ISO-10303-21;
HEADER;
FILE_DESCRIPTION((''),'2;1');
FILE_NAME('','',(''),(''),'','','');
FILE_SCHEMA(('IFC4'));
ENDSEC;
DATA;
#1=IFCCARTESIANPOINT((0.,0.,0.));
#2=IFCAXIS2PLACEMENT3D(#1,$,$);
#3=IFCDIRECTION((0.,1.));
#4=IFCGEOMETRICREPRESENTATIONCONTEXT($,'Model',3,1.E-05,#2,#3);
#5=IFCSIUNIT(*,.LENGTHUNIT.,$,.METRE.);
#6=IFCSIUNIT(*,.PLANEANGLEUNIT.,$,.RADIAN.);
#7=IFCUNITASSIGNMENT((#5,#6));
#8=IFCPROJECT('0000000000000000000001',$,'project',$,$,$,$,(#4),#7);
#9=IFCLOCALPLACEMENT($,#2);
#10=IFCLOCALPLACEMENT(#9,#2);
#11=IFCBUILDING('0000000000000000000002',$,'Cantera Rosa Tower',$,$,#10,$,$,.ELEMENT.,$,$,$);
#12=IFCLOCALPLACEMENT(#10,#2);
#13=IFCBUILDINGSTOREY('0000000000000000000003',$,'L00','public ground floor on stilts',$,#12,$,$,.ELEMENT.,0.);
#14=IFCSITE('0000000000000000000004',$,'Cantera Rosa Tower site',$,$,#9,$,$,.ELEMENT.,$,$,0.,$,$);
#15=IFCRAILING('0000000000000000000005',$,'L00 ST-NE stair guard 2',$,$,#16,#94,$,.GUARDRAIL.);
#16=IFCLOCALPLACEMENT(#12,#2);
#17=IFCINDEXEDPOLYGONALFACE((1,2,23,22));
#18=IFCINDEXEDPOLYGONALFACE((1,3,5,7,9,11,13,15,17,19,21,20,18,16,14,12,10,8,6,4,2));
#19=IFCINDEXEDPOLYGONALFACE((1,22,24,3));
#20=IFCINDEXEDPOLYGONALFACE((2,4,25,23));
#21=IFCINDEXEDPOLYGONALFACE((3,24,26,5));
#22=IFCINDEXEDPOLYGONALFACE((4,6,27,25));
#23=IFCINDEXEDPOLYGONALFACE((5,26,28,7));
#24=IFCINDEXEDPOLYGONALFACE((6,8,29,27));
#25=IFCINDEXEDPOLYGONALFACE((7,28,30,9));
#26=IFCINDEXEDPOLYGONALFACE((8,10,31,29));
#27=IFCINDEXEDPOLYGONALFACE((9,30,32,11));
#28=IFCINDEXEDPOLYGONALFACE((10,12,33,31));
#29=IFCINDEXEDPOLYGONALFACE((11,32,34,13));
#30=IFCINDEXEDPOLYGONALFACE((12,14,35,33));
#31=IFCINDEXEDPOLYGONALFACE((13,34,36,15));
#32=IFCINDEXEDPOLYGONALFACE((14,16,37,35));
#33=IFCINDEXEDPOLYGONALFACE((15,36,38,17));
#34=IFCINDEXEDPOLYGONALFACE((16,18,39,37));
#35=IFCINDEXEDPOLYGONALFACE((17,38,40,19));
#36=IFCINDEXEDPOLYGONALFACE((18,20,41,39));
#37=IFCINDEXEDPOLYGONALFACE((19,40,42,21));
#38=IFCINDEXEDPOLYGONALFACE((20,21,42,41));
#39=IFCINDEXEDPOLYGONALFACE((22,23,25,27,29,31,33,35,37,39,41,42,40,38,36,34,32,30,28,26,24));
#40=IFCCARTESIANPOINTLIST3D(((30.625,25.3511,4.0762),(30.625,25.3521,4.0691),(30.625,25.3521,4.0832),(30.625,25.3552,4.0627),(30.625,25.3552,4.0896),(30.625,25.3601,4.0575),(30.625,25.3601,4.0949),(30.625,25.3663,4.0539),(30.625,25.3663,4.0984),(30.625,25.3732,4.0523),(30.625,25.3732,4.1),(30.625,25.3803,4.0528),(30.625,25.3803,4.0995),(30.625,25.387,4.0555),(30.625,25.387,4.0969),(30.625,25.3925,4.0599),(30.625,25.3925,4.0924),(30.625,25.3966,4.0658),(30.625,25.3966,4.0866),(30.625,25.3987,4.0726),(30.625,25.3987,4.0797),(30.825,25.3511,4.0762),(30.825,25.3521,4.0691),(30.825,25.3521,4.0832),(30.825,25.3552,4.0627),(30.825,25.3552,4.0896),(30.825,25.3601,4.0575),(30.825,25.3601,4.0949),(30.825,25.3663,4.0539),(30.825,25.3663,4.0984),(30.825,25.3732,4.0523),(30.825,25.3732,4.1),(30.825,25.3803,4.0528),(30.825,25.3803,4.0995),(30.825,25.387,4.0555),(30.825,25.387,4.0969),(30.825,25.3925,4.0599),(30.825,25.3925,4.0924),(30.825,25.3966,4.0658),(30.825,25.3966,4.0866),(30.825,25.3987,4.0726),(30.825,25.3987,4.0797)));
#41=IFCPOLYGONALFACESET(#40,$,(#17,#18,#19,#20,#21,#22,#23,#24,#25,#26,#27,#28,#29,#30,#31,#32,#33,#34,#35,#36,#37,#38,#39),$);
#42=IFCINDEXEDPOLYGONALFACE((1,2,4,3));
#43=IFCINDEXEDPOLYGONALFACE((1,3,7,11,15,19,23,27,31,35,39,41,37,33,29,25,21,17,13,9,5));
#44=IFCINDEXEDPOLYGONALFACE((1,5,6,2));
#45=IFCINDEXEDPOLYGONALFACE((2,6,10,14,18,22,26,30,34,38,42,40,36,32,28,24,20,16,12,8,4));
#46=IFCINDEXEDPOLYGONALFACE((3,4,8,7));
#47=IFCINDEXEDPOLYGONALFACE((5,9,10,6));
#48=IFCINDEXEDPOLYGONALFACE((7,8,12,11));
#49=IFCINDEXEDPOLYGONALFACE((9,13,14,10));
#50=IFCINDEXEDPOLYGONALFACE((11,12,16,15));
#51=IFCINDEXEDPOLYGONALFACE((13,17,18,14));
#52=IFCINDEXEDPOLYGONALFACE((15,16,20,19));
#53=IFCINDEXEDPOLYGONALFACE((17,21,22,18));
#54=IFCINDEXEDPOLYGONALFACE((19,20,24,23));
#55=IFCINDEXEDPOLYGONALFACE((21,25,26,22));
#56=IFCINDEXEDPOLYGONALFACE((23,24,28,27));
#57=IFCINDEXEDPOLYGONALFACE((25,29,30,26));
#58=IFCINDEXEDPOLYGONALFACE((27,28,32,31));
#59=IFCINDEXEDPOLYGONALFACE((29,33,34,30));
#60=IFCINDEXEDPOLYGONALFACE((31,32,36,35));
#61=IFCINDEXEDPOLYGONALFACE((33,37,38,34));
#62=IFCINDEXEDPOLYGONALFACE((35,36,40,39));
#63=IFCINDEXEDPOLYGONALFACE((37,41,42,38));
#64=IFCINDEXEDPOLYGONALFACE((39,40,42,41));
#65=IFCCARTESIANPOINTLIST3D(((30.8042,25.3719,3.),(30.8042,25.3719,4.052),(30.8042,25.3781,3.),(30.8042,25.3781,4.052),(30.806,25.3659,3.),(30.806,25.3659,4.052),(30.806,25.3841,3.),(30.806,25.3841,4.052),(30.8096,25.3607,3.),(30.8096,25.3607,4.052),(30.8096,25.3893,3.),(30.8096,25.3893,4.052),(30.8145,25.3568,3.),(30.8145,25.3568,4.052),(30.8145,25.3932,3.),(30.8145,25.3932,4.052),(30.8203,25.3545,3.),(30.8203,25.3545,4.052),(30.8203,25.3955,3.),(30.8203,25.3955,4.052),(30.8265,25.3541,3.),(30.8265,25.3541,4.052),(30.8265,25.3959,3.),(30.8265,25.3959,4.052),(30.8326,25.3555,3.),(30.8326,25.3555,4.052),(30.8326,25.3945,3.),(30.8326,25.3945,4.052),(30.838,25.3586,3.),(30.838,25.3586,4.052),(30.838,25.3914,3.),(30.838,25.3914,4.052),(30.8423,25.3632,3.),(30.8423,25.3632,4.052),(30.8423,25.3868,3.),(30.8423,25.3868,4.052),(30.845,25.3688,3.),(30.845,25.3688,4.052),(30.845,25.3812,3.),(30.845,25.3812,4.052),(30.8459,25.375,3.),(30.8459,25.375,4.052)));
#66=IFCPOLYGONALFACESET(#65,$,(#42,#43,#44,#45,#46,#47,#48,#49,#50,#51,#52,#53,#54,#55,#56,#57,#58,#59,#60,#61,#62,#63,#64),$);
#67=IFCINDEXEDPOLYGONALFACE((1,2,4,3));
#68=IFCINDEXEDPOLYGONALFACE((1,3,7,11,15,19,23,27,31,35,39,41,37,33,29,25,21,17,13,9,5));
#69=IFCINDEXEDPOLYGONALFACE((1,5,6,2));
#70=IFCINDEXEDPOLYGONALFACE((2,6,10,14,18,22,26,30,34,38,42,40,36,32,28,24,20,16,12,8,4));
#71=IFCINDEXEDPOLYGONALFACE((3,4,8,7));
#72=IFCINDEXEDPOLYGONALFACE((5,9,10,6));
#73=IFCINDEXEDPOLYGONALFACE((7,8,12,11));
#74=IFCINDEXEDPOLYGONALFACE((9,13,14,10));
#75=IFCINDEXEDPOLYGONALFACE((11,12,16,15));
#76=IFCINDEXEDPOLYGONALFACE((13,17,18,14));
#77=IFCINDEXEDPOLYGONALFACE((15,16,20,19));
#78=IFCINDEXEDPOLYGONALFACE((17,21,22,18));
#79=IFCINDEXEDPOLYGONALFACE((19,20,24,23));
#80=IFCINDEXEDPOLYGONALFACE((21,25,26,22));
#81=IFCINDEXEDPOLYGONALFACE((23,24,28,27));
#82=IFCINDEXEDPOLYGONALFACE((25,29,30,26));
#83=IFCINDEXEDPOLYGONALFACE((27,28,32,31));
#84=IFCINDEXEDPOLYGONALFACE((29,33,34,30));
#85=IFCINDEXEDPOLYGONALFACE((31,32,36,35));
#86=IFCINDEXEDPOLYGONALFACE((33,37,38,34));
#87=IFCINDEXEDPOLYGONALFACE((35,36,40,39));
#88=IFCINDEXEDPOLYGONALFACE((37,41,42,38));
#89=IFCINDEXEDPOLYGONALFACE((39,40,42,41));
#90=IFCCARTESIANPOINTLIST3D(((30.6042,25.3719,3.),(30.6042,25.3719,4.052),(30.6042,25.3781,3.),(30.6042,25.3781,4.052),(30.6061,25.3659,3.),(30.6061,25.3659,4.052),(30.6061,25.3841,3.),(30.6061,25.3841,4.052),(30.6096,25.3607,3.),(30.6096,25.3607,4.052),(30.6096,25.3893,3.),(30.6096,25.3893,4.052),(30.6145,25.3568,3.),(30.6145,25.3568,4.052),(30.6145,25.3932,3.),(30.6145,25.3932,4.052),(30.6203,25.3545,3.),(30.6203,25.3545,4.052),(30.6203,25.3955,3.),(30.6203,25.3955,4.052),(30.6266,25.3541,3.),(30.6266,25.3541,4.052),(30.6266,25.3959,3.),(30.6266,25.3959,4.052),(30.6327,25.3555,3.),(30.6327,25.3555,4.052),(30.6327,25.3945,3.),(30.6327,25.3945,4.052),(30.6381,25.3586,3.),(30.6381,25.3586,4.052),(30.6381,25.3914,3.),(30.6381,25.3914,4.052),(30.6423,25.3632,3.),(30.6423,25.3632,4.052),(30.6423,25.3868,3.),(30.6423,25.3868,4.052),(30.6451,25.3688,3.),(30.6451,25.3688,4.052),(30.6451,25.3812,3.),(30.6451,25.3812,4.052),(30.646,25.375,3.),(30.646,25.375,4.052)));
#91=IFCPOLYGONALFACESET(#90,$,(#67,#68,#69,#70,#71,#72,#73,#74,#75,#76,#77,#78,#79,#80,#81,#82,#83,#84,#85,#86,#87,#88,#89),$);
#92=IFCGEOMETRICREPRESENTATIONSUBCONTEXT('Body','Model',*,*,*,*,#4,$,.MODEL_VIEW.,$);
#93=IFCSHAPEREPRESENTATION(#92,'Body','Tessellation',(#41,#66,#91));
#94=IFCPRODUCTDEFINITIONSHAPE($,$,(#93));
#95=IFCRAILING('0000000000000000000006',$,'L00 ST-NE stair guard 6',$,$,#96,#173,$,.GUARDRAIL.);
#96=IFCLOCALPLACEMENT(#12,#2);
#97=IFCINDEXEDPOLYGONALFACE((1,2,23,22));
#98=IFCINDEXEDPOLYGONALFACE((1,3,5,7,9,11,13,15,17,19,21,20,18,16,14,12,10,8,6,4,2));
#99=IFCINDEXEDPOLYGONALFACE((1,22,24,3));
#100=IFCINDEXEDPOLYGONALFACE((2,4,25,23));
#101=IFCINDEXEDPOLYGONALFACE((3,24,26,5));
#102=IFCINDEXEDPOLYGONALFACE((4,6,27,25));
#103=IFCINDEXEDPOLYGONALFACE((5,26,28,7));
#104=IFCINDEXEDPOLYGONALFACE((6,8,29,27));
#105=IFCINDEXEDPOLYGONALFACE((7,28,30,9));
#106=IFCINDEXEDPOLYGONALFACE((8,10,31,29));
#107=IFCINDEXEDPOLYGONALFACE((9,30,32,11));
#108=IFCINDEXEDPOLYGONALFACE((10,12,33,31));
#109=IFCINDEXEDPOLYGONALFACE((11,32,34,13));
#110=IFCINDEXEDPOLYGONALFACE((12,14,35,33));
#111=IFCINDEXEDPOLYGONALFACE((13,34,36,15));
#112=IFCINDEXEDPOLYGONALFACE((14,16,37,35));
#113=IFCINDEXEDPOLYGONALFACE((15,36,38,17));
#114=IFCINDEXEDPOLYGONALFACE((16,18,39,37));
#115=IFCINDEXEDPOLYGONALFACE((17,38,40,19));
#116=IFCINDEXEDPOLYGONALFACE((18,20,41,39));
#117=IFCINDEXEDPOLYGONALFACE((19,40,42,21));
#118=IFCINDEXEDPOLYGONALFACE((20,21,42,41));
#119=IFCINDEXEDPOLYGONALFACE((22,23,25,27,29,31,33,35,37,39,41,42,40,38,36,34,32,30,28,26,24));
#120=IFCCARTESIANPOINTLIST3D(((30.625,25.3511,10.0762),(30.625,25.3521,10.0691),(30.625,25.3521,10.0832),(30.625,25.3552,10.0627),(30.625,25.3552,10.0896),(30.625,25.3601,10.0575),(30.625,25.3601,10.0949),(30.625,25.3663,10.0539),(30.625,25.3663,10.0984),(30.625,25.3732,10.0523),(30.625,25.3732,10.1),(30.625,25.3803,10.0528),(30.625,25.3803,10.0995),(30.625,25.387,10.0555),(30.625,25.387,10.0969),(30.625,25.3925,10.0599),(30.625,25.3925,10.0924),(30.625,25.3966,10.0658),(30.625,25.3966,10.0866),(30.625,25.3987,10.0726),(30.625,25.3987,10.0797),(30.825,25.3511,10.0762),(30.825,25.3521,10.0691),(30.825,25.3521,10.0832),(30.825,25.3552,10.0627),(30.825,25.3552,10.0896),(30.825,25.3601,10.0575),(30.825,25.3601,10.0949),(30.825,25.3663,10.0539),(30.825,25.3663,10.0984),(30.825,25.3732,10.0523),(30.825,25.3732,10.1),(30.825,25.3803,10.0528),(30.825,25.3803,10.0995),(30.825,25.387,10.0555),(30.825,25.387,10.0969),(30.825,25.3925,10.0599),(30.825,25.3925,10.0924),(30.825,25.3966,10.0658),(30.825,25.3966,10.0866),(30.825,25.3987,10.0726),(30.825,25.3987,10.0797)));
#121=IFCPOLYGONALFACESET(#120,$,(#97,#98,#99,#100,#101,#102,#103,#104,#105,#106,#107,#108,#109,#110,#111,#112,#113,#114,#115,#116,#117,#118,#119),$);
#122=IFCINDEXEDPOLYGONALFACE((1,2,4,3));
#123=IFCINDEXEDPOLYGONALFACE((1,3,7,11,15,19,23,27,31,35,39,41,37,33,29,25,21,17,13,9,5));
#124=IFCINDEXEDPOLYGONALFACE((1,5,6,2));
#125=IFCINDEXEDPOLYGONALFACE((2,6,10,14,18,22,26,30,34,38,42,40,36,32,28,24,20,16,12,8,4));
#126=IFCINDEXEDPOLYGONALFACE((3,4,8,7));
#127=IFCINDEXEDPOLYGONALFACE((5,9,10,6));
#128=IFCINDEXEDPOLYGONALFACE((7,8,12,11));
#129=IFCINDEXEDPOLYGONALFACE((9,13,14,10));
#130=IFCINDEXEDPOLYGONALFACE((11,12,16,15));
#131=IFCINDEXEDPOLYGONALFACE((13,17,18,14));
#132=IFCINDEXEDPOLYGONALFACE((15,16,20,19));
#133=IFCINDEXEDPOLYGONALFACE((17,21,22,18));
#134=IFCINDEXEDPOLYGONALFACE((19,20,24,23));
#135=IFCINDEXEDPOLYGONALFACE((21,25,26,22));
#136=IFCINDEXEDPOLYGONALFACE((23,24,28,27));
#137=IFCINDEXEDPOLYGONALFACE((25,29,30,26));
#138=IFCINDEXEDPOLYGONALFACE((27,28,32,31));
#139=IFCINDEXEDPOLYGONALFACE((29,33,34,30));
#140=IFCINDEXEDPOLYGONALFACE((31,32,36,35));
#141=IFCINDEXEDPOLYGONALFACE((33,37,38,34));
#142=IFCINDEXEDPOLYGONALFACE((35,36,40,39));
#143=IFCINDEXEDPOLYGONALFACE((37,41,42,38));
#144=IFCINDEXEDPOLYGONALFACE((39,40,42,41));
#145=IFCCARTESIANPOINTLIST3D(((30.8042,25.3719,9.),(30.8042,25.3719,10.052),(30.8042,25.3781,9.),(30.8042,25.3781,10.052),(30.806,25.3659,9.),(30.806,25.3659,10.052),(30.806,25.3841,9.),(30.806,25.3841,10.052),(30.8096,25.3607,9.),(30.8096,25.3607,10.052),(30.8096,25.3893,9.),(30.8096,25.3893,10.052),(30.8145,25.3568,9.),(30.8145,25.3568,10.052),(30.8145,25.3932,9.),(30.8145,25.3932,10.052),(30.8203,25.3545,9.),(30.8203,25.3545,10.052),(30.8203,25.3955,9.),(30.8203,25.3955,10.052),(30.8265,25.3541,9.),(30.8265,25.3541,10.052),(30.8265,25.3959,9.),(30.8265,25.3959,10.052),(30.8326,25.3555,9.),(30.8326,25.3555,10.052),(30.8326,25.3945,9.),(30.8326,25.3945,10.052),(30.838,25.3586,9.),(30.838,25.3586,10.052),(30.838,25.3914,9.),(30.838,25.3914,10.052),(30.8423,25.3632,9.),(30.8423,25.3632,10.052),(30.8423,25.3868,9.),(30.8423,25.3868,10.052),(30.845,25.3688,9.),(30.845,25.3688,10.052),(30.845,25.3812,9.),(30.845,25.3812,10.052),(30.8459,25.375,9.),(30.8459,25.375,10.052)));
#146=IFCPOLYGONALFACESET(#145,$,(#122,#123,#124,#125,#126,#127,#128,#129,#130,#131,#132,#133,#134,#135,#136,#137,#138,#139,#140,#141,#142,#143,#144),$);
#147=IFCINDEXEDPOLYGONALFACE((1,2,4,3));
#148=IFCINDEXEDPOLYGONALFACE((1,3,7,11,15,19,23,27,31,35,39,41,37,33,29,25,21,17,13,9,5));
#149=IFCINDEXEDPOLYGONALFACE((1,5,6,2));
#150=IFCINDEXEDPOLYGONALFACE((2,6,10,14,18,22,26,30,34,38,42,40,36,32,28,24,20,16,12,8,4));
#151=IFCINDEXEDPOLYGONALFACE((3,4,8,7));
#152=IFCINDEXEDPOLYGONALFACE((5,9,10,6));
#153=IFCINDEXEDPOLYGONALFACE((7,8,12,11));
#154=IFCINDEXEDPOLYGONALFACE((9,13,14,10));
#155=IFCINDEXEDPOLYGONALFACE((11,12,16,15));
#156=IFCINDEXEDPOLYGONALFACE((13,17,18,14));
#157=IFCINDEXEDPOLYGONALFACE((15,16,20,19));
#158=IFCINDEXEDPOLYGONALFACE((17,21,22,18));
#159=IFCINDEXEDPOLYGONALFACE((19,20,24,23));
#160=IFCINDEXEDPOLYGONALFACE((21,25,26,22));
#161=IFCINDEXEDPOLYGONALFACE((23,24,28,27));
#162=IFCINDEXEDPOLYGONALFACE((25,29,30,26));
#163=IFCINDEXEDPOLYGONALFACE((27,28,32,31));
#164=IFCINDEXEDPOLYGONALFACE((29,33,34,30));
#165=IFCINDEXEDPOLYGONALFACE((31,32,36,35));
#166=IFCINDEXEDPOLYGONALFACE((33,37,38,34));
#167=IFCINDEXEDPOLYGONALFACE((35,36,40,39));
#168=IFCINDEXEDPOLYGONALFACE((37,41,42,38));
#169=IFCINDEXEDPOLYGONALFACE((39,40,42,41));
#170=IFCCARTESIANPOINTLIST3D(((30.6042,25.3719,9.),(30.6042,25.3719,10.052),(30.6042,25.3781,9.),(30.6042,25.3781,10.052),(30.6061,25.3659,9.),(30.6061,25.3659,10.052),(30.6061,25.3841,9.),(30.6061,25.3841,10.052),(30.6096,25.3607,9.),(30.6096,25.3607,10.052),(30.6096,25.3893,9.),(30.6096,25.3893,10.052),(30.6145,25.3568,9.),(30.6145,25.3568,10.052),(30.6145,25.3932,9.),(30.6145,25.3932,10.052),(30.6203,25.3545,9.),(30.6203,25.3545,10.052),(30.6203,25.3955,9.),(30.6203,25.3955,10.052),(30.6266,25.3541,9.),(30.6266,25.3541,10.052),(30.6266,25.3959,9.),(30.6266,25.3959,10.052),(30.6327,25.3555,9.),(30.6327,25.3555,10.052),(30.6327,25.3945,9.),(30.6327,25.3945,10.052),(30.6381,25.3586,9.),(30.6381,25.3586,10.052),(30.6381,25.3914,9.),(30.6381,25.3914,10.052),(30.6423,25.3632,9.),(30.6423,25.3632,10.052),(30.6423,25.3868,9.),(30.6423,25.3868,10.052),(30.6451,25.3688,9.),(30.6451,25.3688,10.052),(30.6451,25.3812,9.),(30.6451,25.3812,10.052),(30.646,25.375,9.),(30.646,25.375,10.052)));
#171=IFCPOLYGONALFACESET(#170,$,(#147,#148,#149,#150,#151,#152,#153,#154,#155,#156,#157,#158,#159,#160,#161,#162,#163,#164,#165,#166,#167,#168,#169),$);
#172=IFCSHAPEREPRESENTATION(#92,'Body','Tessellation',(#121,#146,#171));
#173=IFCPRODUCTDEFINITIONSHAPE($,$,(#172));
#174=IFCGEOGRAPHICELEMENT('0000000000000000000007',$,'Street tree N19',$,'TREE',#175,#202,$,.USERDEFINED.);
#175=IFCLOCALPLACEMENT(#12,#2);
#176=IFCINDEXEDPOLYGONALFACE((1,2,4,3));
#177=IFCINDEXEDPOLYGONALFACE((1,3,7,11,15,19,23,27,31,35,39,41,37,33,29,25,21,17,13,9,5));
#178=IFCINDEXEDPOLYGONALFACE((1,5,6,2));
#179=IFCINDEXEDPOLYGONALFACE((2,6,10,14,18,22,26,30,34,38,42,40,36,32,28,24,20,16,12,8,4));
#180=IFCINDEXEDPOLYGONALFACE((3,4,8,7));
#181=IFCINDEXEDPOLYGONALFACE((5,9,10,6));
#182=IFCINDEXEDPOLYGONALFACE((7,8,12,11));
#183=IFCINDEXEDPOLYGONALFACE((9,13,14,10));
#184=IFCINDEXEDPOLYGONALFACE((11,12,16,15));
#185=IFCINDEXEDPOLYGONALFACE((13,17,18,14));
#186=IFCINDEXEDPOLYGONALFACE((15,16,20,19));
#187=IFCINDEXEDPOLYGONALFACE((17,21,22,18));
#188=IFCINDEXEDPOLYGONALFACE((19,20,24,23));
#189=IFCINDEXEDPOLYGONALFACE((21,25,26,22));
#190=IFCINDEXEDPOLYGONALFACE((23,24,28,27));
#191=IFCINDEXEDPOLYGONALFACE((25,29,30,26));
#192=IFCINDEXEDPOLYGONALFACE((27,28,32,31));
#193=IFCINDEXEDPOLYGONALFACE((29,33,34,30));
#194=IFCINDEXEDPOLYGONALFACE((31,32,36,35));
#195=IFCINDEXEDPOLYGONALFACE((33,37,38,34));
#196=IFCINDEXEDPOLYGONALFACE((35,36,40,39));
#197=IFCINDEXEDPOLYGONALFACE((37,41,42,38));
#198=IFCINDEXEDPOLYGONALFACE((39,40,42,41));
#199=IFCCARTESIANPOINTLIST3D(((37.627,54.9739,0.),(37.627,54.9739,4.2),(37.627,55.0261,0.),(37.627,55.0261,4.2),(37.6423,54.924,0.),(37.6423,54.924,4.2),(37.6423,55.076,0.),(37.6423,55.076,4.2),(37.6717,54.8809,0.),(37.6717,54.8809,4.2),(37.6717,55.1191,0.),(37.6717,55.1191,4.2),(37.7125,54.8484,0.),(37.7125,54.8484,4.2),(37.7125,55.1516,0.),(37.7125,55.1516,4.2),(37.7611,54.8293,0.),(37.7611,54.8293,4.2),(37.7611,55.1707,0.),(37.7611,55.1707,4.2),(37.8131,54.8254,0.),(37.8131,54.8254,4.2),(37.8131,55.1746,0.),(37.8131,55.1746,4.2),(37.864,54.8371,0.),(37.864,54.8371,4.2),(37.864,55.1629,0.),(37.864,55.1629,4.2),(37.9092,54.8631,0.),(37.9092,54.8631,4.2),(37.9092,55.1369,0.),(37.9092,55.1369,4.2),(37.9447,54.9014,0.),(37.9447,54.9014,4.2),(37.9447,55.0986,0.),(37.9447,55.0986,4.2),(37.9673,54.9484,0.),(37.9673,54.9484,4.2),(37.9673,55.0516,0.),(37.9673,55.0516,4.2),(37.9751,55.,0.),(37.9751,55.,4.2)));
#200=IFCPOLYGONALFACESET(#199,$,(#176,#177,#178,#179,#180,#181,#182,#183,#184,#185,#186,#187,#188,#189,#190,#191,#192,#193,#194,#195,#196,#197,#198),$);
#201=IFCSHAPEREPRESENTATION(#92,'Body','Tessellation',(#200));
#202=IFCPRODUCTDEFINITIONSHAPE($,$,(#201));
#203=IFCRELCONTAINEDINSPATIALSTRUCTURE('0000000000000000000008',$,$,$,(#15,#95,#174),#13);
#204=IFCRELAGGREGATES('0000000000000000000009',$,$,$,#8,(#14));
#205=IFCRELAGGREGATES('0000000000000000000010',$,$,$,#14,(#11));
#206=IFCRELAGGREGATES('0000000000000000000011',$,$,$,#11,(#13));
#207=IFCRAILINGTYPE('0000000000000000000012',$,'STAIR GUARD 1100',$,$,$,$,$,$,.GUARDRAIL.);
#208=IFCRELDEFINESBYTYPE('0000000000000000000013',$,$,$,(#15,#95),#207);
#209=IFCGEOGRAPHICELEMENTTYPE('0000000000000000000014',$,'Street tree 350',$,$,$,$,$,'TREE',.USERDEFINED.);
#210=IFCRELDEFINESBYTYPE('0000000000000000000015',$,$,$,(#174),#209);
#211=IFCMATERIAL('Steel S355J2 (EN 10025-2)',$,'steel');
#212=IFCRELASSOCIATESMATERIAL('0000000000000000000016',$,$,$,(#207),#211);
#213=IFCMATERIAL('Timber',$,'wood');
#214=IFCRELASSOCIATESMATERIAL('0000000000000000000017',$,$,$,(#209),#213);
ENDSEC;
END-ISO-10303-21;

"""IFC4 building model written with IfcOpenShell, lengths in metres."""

from ifc_helpers import new_model, si_unit, direction, frame, origin, origin_2d, place, context, subcontext, project, spatial, circle, extrude, material, material_profile, profile_set, type_object, element, save


model = new_model("IFC4")

# Units and contexts
model_context = context("Model", 3, precision=1e-05, world=origin(), true_north=direction((0.0, 1.0)))
body_context = subcontext(model_context, "Body", "Model", "MODEL_VIEW")
ifc_project = project(units=[si_unit("LENGTHUNIT", "METRE"), si_unit("PLANEANGLEUNIT", "RADIAN")], contexts=[model_context])

# Site, building, storey
site_placement = place(None, origin())
site = spatial("IfcSite", under=ifc_project, at=site_placement, Name="Cantera Rosa Tower site", CompositionType="ELEMENT", RefElevation=0.0)
building_placement = place(site_placement, origin())
building = spatial("IfcBuilding", under=site, at=building_placement, Name="Cantera Rosa Tower", CompositionType="ELEMENT")
storey_placement = place(building_placement, origin())
storey = spatial("IfcBuildingStorey", under=building, at=storey_placement, Name="L00", Description="public ground floor on stilts", CompositionType="ELEMENT", Elevation=0.0)

# Railings
ifc_material_1 = material(Name="Steel S355J2 (EN 10025-2)", Category="steel")
railing_type_1 = type_object("IfcRailingType", Name="STAIR GUARD 1100", PredefinedType="GUARDRAIL", material=ifc_material_1)
for number, where, name in (
    (1, (30.825, 25.375, 3.0), "L00 ST-NE stair guard 2"),
    (2, (30.825, 25.375, 9.0), "L00 ST-NE stair guard 6"),
):
    element("IfcRailing", number, at=place(storey_placement, frame(where)), inside=storey, type_object=railing_type_1, Name=name, PredefinedType="GUARDRAIL", context=body_context, shape_type="SweptSolid", body=[
        extrude(circle(Radius=0.0239, at=origin_2d()), frame((0.0, 0.0, 1.0762), z_axis=(-1.0, 0.0, 0.0), x_axis=(0.0, -1.0, 0.0)), (0.0, 0.0, 1.0), 0.2),
        extrude(circle(Radius=0.021, at=origin_2d()), origin(), (0.0, 0.0, 1.0), 1.052),
        extrude(circle(Radius=0.021, at=origin_2d()), frame((-0.2, 0.0, 0.0)), (0.0, 0.0, 1.0), 1.052),
    ])

# Geographic element
ifc_material_2 = material(Name="Timber", Category="wood")
ifc_material_profile_1 = material_profile(ifc_material_2, circle(Radius=0.175, at=origin_2d()), Name="Street tree 350")
ifc_profile_set_1 = profile_set([ifc_material_profile_1], Name="Timber")
geographic_element_type = type_object("IfcGeographicElementType", Name="Street tree 350", ElementType="TREE", PredefinedType="USERDEFINED", material=ifc_profile_set_1)
for number, where, z_axis, x_axis, name in (
    (3, (37.8, 55.0, 0.0), (0.0, 0.0, 1.0), (1.0, 0.0, 0.0), "Street tree N19"),
):
    element("IfcGeographicElement", number, at=place(storey_placement, frame(where, z_axis=z_axis, x_axis=x_axis)), inside=storey, type_object=geographic_element_type, Name=name, ObjectType="TREE", PredefinedType="USERDEFINED", context=body_context, shape_type="SweptSolid", body=[
        extrude(circle(Radius=0.175, at=origin_2d()), origin(), (0.0, 0.0, 1.0), 4.2),
    ])

save(model, "model.ifc")
